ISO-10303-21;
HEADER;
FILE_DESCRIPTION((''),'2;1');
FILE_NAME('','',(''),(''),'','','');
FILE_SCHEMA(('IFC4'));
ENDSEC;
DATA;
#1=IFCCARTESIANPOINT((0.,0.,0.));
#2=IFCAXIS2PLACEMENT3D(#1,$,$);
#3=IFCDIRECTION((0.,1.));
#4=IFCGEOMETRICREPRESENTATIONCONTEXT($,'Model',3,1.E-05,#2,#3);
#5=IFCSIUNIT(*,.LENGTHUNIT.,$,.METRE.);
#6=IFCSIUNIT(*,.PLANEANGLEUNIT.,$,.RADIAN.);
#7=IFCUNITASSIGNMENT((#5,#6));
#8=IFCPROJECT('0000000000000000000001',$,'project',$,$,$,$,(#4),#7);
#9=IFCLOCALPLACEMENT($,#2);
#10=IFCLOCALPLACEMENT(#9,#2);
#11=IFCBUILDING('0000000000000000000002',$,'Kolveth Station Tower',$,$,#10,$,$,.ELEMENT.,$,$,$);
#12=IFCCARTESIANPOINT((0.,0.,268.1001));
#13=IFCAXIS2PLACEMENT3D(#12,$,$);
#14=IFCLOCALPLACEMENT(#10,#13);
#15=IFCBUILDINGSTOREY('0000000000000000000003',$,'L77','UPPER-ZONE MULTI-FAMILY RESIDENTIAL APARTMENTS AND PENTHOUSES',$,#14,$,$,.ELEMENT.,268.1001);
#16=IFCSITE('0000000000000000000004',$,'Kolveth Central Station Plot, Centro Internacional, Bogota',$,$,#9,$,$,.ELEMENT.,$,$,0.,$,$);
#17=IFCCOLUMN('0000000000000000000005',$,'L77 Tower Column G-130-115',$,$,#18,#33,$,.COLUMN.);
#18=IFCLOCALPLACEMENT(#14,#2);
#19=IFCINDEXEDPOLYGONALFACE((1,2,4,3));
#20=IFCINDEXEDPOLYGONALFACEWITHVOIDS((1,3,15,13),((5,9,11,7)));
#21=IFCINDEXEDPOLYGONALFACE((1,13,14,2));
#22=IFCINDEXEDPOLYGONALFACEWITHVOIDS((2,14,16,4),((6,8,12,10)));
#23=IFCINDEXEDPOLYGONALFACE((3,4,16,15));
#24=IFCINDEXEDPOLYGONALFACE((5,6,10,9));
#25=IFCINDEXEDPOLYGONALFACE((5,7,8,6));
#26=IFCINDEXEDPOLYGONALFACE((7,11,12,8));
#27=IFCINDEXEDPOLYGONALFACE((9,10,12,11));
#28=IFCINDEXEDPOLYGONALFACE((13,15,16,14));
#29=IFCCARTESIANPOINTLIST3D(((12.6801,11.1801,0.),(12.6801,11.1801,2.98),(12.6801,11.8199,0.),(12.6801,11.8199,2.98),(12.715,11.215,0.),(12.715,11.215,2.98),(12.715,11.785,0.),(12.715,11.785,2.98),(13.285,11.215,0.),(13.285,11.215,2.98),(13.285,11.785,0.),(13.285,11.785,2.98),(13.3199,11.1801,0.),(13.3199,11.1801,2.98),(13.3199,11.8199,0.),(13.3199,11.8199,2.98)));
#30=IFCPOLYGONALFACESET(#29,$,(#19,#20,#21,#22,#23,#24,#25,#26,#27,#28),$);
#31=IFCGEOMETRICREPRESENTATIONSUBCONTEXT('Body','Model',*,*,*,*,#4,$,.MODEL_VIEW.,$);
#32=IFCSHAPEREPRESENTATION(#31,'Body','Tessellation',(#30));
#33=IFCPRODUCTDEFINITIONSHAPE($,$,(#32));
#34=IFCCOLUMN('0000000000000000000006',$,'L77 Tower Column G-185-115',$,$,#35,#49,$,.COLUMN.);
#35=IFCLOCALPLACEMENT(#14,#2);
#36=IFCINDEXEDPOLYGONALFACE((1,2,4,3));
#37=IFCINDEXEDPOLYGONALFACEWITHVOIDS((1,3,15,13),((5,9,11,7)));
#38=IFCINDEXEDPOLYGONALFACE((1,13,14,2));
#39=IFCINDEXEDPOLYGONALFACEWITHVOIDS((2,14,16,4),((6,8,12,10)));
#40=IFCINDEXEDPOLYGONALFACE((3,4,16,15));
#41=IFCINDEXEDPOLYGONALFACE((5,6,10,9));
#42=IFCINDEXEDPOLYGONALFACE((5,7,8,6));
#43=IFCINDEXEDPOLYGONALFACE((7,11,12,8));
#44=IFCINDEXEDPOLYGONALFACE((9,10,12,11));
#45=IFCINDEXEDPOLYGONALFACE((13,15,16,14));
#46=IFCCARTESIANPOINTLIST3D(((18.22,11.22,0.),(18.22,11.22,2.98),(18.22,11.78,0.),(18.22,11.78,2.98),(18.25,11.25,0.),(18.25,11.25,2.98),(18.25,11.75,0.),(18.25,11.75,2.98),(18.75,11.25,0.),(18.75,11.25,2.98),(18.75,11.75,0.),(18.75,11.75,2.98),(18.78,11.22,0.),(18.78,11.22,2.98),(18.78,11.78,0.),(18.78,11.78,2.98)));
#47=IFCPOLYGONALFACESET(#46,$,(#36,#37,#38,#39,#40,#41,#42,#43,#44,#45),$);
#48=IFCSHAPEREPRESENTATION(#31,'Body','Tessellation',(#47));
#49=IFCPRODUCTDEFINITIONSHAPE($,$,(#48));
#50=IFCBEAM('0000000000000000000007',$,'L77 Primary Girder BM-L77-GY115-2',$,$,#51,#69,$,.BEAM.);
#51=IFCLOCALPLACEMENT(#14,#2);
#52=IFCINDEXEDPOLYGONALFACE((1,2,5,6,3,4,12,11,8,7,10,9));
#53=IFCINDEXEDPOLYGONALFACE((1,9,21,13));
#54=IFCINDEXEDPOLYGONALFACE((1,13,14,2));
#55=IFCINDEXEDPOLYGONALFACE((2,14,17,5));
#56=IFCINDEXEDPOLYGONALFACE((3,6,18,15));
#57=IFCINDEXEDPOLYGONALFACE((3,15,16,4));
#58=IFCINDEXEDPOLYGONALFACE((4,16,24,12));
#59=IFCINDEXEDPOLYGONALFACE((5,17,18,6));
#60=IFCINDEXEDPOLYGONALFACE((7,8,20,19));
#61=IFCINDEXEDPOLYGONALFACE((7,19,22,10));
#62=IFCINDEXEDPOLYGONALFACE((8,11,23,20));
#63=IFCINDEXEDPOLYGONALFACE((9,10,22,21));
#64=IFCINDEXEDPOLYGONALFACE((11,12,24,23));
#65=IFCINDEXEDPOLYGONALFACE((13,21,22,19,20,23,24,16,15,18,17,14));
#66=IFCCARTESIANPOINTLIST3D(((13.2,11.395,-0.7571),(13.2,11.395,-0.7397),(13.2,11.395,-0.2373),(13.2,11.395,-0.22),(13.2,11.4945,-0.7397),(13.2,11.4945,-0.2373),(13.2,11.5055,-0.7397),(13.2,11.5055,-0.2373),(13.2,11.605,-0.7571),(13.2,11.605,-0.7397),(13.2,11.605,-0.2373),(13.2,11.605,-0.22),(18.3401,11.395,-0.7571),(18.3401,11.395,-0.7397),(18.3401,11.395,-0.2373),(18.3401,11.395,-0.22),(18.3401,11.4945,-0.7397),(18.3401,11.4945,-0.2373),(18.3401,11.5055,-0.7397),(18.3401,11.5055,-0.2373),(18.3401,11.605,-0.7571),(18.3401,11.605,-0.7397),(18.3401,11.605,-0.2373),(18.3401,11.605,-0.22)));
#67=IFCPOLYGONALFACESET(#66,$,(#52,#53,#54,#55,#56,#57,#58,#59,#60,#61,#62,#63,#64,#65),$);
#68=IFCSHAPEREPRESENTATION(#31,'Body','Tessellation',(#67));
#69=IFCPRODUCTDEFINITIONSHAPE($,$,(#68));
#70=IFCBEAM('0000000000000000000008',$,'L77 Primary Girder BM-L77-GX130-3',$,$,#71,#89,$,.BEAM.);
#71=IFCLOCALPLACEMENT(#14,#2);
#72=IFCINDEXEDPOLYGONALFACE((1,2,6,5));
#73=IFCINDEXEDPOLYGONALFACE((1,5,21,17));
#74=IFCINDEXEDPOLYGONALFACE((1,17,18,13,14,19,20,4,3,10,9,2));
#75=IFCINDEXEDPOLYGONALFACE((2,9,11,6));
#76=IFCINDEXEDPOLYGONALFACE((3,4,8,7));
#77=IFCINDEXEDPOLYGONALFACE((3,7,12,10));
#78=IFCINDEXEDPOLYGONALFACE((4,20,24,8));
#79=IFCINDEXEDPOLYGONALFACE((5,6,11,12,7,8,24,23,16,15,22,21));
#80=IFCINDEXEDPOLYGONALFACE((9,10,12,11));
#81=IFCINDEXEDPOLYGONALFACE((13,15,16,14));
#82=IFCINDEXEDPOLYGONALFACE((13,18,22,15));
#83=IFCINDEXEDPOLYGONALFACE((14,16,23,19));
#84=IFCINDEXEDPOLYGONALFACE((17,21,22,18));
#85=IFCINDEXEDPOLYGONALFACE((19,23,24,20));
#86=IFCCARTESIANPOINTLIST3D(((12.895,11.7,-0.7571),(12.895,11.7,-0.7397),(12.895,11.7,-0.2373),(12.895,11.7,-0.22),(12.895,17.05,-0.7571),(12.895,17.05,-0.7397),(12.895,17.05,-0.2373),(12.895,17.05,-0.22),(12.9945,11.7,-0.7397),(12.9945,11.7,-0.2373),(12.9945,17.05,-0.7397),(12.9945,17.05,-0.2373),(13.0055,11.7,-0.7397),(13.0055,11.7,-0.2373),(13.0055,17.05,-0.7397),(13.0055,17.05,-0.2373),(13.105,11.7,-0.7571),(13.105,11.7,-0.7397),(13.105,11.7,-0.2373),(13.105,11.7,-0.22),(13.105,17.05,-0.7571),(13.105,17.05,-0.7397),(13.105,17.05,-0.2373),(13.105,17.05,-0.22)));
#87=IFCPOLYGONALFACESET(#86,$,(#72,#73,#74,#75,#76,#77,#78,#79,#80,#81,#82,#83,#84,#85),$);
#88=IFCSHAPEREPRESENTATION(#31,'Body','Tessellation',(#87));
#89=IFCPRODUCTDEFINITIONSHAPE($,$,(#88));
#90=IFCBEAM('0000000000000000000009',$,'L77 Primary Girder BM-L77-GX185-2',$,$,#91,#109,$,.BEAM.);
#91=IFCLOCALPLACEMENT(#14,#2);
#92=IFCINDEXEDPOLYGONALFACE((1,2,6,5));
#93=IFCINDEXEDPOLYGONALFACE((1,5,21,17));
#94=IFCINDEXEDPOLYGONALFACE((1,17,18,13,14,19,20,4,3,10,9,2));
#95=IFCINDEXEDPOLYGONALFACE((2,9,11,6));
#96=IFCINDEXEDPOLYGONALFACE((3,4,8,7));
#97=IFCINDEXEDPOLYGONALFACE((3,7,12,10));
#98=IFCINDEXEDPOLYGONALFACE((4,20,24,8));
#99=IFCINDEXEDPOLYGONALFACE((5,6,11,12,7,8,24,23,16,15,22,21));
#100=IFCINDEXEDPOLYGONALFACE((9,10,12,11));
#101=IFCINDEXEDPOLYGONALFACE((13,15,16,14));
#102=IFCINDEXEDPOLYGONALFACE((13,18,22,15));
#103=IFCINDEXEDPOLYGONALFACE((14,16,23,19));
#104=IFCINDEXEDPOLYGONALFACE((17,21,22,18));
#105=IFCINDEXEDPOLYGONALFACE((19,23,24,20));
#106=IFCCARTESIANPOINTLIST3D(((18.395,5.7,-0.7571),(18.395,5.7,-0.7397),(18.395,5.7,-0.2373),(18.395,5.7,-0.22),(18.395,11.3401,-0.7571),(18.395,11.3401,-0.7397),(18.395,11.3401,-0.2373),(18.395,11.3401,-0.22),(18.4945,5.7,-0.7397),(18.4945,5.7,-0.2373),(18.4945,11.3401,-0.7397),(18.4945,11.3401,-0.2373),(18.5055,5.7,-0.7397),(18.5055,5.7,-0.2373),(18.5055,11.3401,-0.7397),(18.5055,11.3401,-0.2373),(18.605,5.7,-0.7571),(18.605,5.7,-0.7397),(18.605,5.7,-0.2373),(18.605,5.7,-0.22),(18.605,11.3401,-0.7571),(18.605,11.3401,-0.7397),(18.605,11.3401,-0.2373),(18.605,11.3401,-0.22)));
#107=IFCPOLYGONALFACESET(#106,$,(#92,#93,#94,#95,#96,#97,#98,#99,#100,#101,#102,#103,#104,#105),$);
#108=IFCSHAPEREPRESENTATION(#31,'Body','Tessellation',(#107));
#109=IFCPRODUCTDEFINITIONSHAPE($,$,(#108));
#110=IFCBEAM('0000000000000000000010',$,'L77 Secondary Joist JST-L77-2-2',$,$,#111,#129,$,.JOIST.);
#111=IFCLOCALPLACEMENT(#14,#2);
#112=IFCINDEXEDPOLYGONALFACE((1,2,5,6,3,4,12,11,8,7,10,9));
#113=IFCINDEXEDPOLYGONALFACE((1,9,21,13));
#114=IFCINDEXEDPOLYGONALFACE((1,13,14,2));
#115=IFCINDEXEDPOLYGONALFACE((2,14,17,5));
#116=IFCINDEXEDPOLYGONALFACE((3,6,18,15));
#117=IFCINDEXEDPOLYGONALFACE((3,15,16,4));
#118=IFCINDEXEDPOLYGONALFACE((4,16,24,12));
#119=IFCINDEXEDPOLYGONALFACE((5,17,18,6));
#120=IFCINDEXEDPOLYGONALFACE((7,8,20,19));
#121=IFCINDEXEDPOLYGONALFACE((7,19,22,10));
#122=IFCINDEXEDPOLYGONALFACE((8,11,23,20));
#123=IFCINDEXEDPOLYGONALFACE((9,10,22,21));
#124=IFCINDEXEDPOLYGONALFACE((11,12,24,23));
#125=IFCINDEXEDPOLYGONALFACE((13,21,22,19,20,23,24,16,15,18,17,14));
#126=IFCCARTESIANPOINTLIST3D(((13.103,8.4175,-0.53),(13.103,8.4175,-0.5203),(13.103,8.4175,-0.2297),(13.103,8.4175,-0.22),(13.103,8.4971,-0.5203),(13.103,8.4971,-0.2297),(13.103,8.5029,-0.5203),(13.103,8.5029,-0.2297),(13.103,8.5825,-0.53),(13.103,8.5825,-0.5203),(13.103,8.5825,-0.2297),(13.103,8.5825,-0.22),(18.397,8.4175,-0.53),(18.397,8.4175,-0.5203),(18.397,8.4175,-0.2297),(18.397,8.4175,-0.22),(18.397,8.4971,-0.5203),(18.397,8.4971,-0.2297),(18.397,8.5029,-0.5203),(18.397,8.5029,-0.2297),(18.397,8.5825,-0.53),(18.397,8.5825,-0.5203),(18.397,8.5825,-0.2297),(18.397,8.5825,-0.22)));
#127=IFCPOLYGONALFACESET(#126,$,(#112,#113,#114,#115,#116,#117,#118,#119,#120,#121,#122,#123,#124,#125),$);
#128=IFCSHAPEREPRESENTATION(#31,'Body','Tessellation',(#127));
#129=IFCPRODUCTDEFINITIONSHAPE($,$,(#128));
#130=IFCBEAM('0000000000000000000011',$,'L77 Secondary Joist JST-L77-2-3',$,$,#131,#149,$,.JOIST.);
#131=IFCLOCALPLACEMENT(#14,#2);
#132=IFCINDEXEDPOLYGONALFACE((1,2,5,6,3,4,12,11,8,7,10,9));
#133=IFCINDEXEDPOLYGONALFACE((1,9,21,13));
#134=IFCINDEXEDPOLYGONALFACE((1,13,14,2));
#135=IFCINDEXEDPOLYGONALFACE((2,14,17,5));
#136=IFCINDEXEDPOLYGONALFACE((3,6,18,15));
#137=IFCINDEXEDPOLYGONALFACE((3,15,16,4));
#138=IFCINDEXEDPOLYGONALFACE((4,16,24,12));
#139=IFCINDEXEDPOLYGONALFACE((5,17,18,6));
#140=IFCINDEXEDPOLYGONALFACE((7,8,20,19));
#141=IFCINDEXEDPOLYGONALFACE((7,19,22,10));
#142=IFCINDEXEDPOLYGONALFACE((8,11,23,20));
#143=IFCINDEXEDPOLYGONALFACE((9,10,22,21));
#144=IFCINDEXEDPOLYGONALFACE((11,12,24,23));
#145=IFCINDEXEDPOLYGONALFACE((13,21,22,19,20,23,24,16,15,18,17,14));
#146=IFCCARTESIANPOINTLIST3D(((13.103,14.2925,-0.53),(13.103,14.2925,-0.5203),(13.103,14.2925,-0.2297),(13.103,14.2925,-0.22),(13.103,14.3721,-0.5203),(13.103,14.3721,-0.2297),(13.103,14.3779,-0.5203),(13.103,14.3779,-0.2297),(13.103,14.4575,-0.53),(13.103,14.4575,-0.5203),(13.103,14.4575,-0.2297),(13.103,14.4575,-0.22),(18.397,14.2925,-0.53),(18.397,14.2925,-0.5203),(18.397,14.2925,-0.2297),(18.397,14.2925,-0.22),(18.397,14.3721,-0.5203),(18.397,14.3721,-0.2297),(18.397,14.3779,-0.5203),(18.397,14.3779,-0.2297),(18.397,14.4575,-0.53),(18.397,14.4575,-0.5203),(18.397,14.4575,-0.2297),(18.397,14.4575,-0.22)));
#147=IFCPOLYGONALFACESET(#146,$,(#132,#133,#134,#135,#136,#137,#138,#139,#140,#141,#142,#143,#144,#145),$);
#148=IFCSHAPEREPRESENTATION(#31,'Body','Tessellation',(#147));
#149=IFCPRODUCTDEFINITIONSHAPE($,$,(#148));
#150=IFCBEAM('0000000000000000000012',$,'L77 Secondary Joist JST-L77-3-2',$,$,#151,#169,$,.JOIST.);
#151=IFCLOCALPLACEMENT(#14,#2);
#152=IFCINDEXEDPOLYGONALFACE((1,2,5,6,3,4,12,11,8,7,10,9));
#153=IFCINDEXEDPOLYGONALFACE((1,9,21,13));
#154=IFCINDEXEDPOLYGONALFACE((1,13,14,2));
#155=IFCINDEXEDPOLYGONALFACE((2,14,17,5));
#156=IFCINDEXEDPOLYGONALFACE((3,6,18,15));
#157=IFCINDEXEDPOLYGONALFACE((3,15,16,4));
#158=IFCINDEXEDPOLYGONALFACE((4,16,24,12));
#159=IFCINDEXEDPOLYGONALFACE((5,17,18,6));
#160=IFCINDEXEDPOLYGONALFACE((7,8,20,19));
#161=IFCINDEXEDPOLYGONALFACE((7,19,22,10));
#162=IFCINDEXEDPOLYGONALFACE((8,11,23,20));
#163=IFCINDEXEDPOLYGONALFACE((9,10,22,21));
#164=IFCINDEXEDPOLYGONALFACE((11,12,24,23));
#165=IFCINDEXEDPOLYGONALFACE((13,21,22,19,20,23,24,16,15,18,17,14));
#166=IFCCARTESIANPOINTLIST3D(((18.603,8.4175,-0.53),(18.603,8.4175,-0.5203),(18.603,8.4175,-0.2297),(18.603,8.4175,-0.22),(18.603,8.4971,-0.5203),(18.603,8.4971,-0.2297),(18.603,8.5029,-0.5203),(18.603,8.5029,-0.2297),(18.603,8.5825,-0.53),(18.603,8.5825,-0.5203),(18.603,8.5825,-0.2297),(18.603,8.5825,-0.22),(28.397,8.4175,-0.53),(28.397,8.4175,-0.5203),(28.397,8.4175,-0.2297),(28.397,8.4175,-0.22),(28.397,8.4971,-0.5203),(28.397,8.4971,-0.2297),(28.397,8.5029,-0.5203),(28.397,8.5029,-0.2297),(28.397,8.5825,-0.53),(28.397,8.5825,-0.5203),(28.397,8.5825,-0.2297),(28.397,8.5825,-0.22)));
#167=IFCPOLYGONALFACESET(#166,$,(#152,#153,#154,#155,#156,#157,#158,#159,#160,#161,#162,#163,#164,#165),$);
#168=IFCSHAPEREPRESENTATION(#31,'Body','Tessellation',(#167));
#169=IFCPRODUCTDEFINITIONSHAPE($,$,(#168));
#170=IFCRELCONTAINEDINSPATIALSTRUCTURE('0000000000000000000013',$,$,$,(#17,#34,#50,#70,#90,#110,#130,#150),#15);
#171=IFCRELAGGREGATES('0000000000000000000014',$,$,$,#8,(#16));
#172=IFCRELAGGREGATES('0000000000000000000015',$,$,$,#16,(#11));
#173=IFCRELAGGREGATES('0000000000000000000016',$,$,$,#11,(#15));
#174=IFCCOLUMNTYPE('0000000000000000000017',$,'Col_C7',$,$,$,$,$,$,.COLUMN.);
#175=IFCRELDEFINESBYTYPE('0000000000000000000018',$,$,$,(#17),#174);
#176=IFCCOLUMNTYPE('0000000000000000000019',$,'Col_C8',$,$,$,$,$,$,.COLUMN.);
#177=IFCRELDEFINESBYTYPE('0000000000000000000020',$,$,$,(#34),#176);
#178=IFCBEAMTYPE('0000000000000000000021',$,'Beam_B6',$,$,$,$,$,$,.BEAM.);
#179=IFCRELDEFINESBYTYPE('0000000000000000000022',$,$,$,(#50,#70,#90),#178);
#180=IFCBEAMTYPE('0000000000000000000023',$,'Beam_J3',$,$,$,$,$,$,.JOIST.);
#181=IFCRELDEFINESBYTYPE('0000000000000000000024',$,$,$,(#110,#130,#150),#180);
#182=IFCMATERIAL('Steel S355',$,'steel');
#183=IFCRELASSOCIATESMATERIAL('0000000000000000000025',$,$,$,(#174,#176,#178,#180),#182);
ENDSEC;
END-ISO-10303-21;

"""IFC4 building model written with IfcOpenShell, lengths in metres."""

from ifc_helpers import new_model, si_unit, direction, frame, origin, origin_2d, place, context, subcontext, project, spatial, hollow_rectangle, i_section, extrude, source, transform, mapped, material, material_profile, profile_set, type_object, element, save


model = new_model("IFC4")

# Units and contexts
model_context = context("Model", 3, precision=1e-05, world=origin(), true_north=direction((0.0, 1.0)))
body_context = subcontext(model_context, "Body", "Model", "MODEL_VIEW")
ifc_project = project(units=[si_unit("LENGTHUNIT", "METRE"), si_unit("PLANEANGLEUNIT", "RADIAN")], contexts=[model_context])

# Site, building, storey
site_placement = place(None, origin())
site = spatial("IfcSite", under=ifc_project, at=site_placement, Name="Kolveth Central Station Plot, Centro Internacional, Bogota", CompositionType="ELEMENT", RefElevation=0.0)
building_placement = place(site_placement, origin())
building = spatial("IfcBuilding", under=site, at=building_placement, Name="Kolveth Station Tower", CompositionType="ELEMENT")
storey_placement = place(building_placement, frame((0.0, 0.0, 268.1001)))
storey = spatial("IfcBuildingStorey", under=building, at=storey_placement, Name="L77", Description="UPPER-ZONE MULTI-FAMILY RESIDENTIAL APARTMENTS AND PENTHOUSES", CompositionType="ELEMENT", Elevation=268.1001)

# Columns
ifc_material_1 = material(Name="Steel S355", Category="steel")
ifc_material_profile_1 = material_profile(ifc_material_1, hollow_rectangle(XDim=0.6399, YDim=0.6399, WallThickness=0.0349, at=origin_2d()), Name="BOX640x640x35")
ifc_profile_set_1 = profile_set([ifc_material_profile_1], Name="Steel S355")
column_type_1 = type_object("IfcColumnType", Name="Col_C7", PredefinedType="COLUMN", material=ifc_profile_set_1)
shared_shape_1 = source(origin(), body_context, "Body", "SweptSolid", [
    extrude(hollow_rectangle(XDim=0.6399, YDim=0.6399, WallThickness=0.0349, at=origin_2d()), origin(), (0.0, 0.0, 1.0), 2.98),
])
column_1_placement = place(storey_placement, frame((13.0, 11.5, 0.0), z_axis=(0.0, 0.0, 1.0), x_axis=(1.0, 0.0, 0.0)))
element("IfcColumn", 1, at=column_1_placement, inside=storey, type_object=column_type_1, Name="L77 Tower Column G-130-115", PredefinedType="COLUMN", context=body_context, shape_type="MappedRepresentation", body=[
    mapped(shared_shape_1, transform((0.0, 0.0, 0.0), x_axis=(1.0, 0.0, 0.0), y_axis=(0.0, 1.0, 0.0), z_axis=(0.0, 0.0, 1.0), scale=1.0)),
])
ifc_material_profile_2 = material_profile(ifc_material_1, hollow_rectangle(XDim=0.5601, YDim=0.5601, WallThickness=0.03, at=origin_2d()), Name="BOX560x560x30")
ifc_profile_set_2 = profile_set([ifc_material_profile_2], Name="Steel S355")
column_type_2 = type_object("IfcColumnType", Name="Col_C8", PredefinedType="COLUMN", material=ifc_profile_set_2)
shared_shape_2 = source(origin(), body_context, "Body", "SweptSolid", [
    extrude(hollow_rectangle(XDim=0.5601, YDim=0.5601, WallThickness=0.03, at=origin_2d()), origin(), (0.0, 0.0, 1.0), 2.98),
])
column_2_placement = place(storey_placement, frame((18.5, 11.5, 0.0), z_axis=(0.0, 0.0, 1.0), x_axis=(1.0, 0.0, 0.0)))
element("IfcColumn", 2, at=column_2_placement, inside=storey, type_object=column_type_2, Name="L77 Tower Column G-185-115", PredefinedType="COLUMN", context=body_context, shape_type="MappedRepresentation", body=[
    mapped(shared_shape_2, transform((0.0, 0.0, 0.0), x_axis=(1.0, 0.0, 0.0), y_axis=(0.0, 1.0, 0.0), z_axis=(0.0, 0.0, 1.0), scale=1.0)),
])

# Beams
ifc_material_profile_3 = material_profile(ifc_material_1, i_section(OverallWidth=0.21, OverallDepth=0.5371, WebThickness=0.011, FlangeThickness=0.0173, at=origin_2d()), Name="W530x101")
ifc_profile_set_3 = profile_set([ifc_material_profile_3], Name="Steel S355")
beam_type_1 = type_object("IfcBeamType", Name="Beam_B6", PredefinedType="BEAM", material=ifc_profile_set_3)
shared_shape_3 = source(origin(), body_context, "Body", "SweptSolid", [
    extrude(i_section(OverallWidth=0.21, OverallDepth=0.5371, WebThickness=0.011, FlangeThickness=0.0173, at=origin_2d()), origin(), (0.0, 0.0, 1.0), 5.1401),
])
beam_1_placement = place(storey_placement, frame((13.2, 11.5, -0.4885), z_axis=(1.0, 0.0, 0.0), x_axis=(0.0, 1.0, 0.0)))
element("IfcBeam", 3, at=beam_1_placement, inside=storey, type_object=beam_type_1, Name="L77 Primary Girder BM-L77-GY115-2", PredefinedType="BEAM", context=body_context, shape_type="MappedRepresentation", body=[
    mapped(shared_shape_3, transform((0.0, 0.0, 0.0), x_axis=(1.0, 0.0, 0.0), y_axis=(0.0, 1.0, 0.0), z_axis=(0.0, 0.0, 1.0), scale=1.0)),
])
shared_shape_4 = source(origin(), body_context, "Body", "SweptSolid", [
    extrude(i_section(OverallWidth=0.21, OverallDepth=0.5371, WebThickness=0.011, FlangeThickness=0.0173, at=origin_2d()), origin(), (0.0, 0.0, 1.0), 5.3501),
])
beam_2_placement = place(storey_placement, frame((13.0, 11.7, -0.4885), z_axis=(0.0, 1.0, 0.0), x_axis=(-1.0, 0.0, 0.0)))
element("IfcBeam", 4, at=beam_2_placement, inside=storey, type_object=beam_type_1, Name="L77 Primary Girder BM-L77-GX130-3", PredefinedType="BEAM", context=body_context, shape_type="MappedRepresentation", body=[
    mapped(shared_shape_4, transform((0.0, 0.0, 0.0), x_axis=(1.0, 0.0, 0.0), y_axis=(0.0, 1.0, 0.0), z_axis=(0.0, 0.0, 1.0), scale=1.0)),
])
shared_shape_5 = source(origin(), body_context, "Body", "SweptSolid", [
    extrude(i_section(OverallWidth=0.21, OverallDepth=0.5371, WebThickness=0.011, FlangeThickness=0.0173, at=origin_2d()), origin(), (0.0, 0.0, 1.0), 5.6401),
])
beam_3_placement = place(storey_placement, frame((18.5, 5.7, -0.4885), z_axis=(0.0, 1.0, 0.0), x_axis=(-1.0, 0.0, 0.0)))
element("IfcBeam", 5, at=beam_3_placement, inside=storey, type_object=beam_type_1, Name="L77 Primary Girder BM-L77-GX185-2", PredefinedType="BEAM", context=body_context, shape_type="MappedRepresentation", body=[
    mapped(shared_shape_5, transform((0.0, 0.0, 0.0), x_axis=(1.0, 0.0, 0.0), y_axis=(0.0, 1.0, 0.0), z_axis=(0.0, 0.0, 1.0), scale=1.0)),
])
ifc_material_profile_4 = material_profile(ifc_material_1, i_section(OverallWidth=0.165, OverallDepth=0.3101, WebThickness=0.0059, FlangeThickness=0.0098, at=origin_2d()), Name="W310x39")
ifc_profile_set_4 = profile_set([ifc_material_profile_4], Name="Steel S355")
beam_type_2 = type_object("IfcBeamType", Name="Beam_J3", PredefinedType="JOIST", material=ifc_profile_set_4)
shared_shape_6 = source(origin(), body_context, "Body", "SweptSolid", [
    extrude(i_section(OverallWidth=0.165, OverallDepth=0.3101, WebThickness=0.0059, FlangeThickness=0.0098, at=origin_2d()), origin(), (0.0, 0.0, 1.0), 5.2939),
])
for number, where, z_axis, x_axis, name in (
    (6, (13.103, 8.5, -0.375), (1.0, 0.0, 0.0), (0.0, 1.0, 0.0), "L77 Secondary Joist JST-L77-2-2"),
    (7, (13.103, 14.375, -0.375), (1.0, 0.0, 0.0), (0.0, 1.0, 0.0), "L77 Secondary Joist JST-L77-2-3"),
):
    element("IfcBeam", number, at=place(storey_placement, frame(where, z_axis=z_axis, x_axis=x_axis)), inside=storey, type_object=beam_type_2, Name=name, PredefinedType="JOIST", context=body_context, shape_type="MappedRepresentation", body=[
        mapped(shared_shape_6, transform((0.0, 0.0, 0.0), x_axis=(1.0, 0.0, 0.0), y_axis=(0.0, 1.0, 0.0), z_axis=(0.0, 0.0, 1.0), scale=1.0)),
    ])
shared_shape_7 = source(origin(), body_context, "Body", "SweptSolid", [
    extrude(i_section(OverallWidth=0.165, OverallDepth=0.3101, WebThickness=0.0059, FlangeThickness=0.0098, at=origin_2d()), origin(), (0.0, 0.0, 1.0), 9.7939),
])
beam_4_placement = place(storey_placement, frame((18.603, 8.5, -0.375), z_axis=(1.0, 0.0, 0.0), x_axis=(0.0, 1.0, 0.0)))
element("IfcBeam", 8, at=beam_4_placement, inside=storey, type_object=beam_type_2, Name="L77 Secondary Joist JST-L77-3-2", PredefinedType="JOIST", context=body_context, shape_type="MappedRepresentation", body=[
    mapped(shared_shape_7, transform((0.0, 0.0, 0.0), x_axis=(1.0, 0.0, 0.0), y_axis=(0.0, 1.0, 0.0), z_axis=(0.0, 0.0, 1.0), scale=1.0)),
])

save(model, "model.ifc")
